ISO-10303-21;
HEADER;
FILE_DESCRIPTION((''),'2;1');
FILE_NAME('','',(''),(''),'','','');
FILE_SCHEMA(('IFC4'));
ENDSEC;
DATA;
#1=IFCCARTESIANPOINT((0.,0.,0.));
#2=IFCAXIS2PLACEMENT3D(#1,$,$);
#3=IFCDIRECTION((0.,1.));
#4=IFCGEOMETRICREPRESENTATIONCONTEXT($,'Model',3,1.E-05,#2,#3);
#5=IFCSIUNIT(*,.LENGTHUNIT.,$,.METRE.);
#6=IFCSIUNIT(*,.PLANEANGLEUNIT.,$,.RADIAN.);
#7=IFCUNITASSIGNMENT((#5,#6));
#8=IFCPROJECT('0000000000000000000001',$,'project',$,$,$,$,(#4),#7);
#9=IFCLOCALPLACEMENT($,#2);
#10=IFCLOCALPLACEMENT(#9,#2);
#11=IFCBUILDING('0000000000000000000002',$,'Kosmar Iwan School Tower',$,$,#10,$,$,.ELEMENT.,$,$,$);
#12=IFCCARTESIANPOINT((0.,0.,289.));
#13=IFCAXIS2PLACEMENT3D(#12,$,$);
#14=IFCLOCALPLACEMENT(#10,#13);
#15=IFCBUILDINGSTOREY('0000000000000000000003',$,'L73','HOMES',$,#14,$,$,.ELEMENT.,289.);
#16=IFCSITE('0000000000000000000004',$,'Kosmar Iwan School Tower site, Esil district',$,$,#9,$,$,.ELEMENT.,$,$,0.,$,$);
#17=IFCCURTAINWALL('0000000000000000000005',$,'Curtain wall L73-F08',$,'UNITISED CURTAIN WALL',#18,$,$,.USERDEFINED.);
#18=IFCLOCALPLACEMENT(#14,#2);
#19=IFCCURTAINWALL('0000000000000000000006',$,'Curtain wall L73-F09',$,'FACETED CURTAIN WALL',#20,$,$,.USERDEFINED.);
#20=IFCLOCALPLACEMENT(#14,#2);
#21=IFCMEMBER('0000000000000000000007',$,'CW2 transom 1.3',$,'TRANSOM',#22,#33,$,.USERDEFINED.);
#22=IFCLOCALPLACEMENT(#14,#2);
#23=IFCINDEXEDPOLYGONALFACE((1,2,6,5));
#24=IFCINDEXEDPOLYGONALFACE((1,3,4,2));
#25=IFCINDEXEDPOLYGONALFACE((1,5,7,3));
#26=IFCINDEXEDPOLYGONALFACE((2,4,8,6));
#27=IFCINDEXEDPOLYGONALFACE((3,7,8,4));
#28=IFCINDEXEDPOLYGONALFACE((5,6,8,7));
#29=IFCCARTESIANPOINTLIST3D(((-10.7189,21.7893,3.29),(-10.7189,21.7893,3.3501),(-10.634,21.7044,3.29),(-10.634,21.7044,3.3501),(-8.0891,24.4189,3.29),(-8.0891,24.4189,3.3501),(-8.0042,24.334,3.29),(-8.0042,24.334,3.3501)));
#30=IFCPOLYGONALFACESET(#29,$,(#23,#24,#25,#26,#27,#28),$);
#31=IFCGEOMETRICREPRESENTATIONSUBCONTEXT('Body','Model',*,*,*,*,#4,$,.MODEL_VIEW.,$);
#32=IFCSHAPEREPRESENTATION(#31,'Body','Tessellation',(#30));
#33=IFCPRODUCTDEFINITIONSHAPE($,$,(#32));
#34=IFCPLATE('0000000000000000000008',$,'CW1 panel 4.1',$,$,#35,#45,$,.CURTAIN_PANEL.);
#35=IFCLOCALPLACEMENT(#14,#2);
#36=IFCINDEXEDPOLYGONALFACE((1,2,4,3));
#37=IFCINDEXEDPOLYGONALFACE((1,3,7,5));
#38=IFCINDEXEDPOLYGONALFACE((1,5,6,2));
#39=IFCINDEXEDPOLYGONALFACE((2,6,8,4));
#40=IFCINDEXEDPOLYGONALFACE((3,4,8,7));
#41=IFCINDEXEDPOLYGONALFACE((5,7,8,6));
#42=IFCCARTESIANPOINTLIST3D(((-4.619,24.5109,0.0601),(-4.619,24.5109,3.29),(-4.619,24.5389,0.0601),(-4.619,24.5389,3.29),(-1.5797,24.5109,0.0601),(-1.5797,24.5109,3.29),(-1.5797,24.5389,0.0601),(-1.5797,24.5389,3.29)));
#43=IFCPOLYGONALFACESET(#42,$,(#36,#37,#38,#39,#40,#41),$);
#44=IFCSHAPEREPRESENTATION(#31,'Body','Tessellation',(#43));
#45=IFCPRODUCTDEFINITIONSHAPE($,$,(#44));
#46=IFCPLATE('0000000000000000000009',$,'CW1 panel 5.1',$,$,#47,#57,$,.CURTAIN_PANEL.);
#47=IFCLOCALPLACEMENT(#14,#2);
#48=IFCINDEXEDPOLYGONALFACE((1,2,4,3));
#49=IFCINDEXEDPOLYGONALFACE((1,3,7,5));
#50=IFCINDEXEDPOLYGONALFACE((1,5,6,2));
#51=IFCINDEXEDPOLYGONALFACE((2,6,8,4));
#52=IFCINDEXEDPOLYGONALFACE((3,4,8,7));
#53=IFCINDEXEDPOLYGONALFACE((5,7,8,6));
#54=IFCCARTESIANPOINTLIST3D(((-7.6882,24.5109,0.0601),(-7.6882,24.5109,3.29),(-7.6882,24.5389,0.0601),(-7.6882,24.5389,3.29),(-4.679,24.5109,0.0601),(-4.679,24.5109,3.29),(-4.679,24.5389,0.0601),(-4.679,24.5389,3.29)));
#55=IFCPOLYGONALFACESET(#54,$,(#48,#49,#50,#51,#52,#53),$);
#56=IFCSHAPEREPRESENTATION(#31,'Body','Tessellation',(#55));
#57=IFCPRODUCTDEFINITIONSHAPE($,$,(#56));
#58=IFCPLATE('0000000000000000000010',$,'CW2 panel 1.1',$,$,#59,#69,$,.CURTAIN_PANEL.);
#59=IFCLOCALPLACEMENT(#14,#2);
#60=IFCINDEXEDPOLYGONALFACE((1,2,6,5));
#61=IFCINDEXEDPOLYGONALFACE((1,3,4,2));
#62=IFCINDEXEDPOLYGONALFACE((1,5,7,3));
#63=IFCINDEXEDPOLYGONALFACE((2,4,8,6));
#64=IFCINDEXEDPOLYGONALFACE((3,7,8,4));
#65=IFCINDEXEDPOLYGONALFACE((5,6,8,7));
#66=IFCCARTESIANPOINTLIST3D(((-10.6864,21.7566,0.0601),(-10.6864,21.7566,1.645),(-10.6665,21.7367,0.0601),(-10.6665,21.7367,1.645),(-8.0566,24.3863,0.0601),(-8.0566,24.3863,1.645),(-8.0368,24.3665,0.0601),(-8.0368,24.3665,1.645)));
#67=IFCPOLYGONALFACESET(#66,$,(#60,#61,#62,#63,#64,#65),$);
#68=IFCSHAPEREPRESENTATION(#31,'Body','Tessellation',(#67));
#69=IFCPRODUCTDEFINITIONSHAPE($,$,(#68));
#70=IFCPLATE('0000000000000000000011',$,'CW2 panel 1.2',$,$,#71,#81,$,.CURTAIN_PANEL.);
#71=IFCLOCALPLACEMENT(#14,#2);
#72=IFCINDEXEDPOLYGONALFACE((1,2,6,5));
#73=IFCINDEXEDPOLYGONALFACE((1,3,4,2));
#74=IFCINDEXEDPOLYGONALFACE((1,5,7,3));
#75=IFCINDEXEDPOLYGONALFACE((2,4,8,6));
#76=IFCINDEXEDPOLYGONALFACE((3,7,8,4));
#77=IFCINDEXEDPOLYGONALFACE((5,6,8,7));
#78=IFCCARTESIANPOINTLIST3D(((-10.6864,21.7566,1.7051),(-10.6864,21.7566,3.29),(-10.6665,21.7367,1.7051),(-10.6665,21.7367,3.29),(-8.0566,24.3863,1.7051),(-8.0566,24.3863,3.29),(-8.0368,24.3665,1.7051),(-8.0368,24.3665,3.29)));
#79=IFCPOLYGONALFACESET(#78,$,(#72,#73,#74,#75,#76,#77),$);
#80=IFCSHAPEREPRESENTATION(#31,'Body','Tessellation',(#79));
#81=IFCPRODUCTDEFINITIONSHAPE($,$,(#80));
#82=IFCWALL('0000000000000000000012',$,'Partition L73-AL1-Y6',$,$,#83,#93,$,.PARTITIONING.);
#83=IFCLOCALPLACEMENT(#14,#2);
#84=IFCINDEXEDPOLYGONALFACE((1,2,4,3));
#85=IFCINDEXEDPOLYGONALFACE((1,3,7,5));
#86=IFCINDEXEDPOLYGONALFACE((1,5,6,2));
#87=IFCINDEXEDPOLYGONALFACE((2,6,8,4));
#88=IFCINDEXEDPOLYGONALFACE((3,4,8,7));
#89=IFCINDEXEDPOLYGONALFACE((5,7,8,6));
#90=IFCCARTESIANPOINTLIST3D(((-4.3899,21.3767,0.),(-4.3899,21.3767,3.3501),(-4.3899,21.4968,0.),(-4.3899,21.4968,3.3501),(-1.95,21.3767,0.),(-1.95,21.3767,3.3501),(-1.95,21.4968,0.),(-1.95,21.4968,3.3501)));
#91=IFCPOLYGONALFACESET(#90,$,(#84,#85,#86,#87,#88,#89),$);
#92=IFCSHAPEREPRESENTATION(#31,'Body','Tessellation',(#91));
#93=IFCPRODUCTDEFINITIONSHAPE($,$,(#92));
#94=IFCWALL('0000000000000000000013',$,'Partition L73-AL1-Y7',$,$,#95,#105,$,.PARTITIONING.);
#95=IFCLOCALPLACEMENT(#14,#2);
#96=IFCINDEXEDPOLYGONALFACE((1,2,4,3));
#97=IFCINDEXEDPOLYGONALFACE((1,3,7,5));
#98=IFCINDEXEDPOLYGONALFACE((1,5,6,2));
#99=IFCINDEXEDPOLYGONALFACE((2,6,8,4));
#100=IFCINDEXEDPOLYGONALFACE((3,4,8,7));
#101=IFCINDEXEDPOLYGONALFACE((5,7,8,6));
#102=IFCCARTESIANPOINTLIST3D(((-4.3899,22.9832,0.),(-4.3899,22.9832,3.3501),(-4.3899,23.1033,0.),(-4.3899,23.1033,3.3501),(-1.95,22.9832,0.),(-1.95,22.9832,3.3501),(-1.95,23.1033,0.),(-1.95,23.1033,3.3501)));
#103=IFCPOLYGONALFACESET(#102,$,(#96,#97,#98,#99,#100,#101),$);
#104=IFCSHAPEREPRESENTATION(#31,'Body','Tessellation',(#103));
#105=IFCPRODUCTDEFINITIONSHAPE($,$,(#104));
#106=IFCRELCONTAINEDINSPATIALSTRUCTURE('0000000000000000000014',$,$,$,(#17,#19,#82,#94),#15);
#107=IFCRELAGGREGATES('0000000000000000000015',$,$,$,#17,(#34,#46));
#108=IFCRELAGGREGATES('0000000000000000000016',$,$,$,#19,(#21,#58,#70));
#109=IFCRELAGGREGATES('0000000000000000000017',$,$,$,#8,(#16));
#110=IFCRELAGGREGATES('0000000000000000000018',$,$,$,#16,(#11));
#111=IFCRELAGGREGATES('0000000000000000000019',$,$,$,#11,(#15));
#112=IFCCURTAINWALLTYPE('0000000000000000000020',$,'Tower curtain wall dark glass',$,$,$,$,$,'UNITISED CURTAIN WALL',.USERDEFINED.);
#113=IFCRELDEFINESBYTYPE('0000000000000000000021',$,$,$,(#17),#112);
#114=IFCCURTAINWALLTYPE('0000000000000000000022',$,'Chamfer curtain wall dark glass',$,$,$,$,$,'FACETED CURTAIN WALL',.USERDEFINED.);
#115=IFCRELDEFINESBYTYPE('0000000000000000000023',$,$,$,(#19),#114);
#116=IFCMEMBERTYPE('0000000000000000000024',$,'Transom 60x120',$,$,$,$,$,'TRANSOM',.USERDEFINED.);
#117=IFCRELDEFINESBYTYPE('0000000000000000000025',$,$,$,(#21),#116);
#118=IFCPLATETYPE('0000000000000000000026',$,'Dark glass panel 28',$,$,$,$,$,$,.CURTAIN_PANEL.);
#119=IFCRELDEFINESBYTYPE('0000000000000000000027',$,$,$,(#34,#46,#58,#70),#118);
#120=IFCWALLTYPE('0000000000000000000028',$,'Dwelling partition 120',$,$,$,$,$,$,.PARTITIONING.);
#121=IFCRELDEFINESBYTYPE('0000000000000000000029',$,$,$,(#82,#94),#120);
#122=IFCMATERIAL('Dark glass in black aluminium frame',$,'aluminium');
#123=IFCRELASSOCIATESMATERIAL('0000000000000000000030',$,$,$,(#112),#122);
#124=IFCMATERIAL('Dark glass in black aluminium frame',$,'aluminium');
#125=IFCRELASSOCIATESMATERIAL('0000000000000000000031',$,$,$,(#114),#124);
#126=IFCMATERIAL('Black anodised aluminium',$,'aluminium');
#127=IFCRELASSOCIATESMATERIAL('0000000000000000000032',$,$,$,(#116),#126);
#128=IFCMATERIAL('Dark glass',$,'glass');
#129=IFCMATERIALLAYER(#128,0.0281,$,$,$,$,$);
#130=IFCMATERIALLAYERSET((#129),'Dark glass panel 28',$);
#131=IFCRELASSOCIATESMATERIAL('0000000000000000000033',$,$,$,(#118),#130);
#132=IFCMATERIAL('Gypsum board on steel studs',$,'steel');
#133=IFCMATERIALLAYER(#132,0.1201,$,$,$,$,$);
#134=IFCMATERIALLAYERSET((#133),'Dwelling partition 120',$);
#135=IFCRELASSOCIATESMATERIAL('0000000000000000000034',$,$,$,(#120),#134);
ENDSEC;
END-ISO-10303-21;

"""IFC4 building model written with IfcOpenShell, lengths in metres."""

from ifc_helpers import new_model, si_unit, direction, frame, frame_2d, origin, origin_2d, place, context, subcontext, project, spatial, rectangle, extrude, material, layer, layer_set, material_profile, profile_set, type_object, element, aggregate, save


model = new_model("IFC4")

# Units and contexts
model_context = context("Model", 3, precision=1e-05, world=origin(), true_north=direction((0.0, 1.0)))
body_context = subcontext(model_context, "Body", "Model", "MODEL_VIEW")
ifc_project = project(units=[si_unit("LENGTHUNIT", "METRE"), si_unit("PLANEANGLEUNIT", "RADIAN")], contexts=[model_context])

# Site, building, storey
site_placement = place(None, origin())
site = spatial("IfcSite", under=ifc_project, at=site_placement, Name="Kosmar Iwan School Tower site, Esil district", CompositionType="ELEMENT", RefElevation=0.0)
building_placement = place(site_placement, origin())
building = spatial("IfcBuilding", under=site, at=building_placement, Name="Kosmar Iwan School Tower", CompositionType="ELEMENT")
storey_placement = place(building_placement, frame((0.0, 0.0, 289.0)))
storey = spatial("IfcBuildingStorey", under=building, at=storey_placement, Name="L73", Description="HOMES", CompositionType="ELEMENT", Elevation=289.0)

# Curtain walls
ifc_material_1 = material(Name="Dark glass in black aluminium frame", Category="aluminium")
curtain_wall_type_1 = type_object("IfcCurtainWallType", Name="Tower curtain wall dark glass", ElementType="UNITISED CURTAIN WALL", PredefinedType="USERDEFINED", material=ifc_material_1)
curtain_wall_1_placement = place(storey_placement, origin())
curtain_wall_1 = element("IfcCurtainWall", 1, at=curtain_wall_1_placement, inside=storey, type_object=curtain_wall_type_1, Name="Curtain wall L73-F08", ObjectType="UNITISED CURTAIN WALL", PredefinedType="USERDEFINED")
ifc_material_2 = material(Name="Dark glass in black aluminium frame", Category="aluminium")
curtain_wall_type_2 = type_object("IfcCurtainWallType", Name="Chamfer curtain wall dark glass", ElementType="FACETED CURTAIN WALL", PredefinedType="USERDEFINED", material=ifc_material_2)
curtain_wall_2_placement = place(storey_placement, origin())
curtain_wall_2 = element("IfcCurtainWall", 2, at=curtain_wall_2_placement, inside=storey, type_object=curtain_wall_type_2, Name="Curtain wall L73-F09", ObjectType="FACETED CURTAIN WALL", PredefinedType="USERDEFINED")

# Member
ifc_material_3 = material(Name="Black anodised aluminium", Category="aluminium")
ifc_material_profile_1 = material_profile(ifc_material_3, rectangle(XDim=0.1201, YDim=0.0601, at=origin_2d()), Name="TRANSOM 60x120")
ifc_profile_set_1 = profile_set([ifc_material_profile_1], Name="Black anodised aluminium")
member_type_1 = type_object("IfcMemberType", Name="Transom 60x120", ElementType="TRANSOM", PredefinedType="USERDEFINED", material=ifc_profile_set_1)
member_1_placement = place(storey_placement, frame((-8.0466, 24.3765, 3.3201), z_axis=(-0.70714, -0.707074, 0.0), x_axis=(0.707074, -0.70714, 0.0)))
member_1 = element("IfcMember", 3, at=member_1_placement, type_object=member_type_1, Name="CW2 transom 1.3", ObjectType="TRANSOM", PredefinedType="USERDEFINED", context=body_context, shape_type="SweptSolid", body=[
    extrude(rectangle(XDim=0.1201, YDim=0.0601, at=origin_2d()), origin(), (0.0, 0.0, 1.0), 3.719),
])

# Plates
ifc_material_4 = material(Name="Dark glass", Category="glass")
ifc_layer_1 = layer(ifc_material_4, 0.0281)
ifc_layer_set_1 = layer_set([ifc_layer_1], Name="Dark glass panel 28")
plate_type = type_object("IfcPlateType", Name="Dark glass panel 28", PredefinedType="CURTAIN_PANEL", material=ifc_layer_set_1)
plate_1_placement = place(storey_placement, frame((-3.0994, 24.5249, 0.0601), z_axis=(0.0, 0.0, 1.0), x_axis=(-1.0, 0.0, 0.0)))
plate_1 = element("IfcPlate", 4, at=plate_1_placement, type_object=plate_type, Name="CW1 panel 4.1", PredefinedType="CURTAIN_PANEL", context=body_context, shape_type="SweptSolid", body=[
    extrude(rectangle(XDim=3.0393, YDim=0.0281, at=origin_2d()), origin(), (0.0, 0.0, 1.0), 3.23),
])
plate_2_placement = place(storey_placement, frame((-6.1836, 24.5249, 0.0601), z_axis=(0.0, 0.0, 1.0), x_axis=(-1.0, 0.0, 0.0)))
plate_2 = element("IfcPlate", 5, at=plate_2_placement, type_object=plate_type, Name="CW1 panel 5.1", PredefinedType="CURTAIN_PANEL", context=body_context, shape_type="SweptSolid", body=[
    extrude(rectangle(XDim=3.0093, YDim=0.0281, at=origin_2d()), origin(), (0.0, 0.0, 1.0), 3.23),
])
aggregate(curtain_wall_1, [plate_1, plate_2])
plate_3_placement = place(storey_placement, frame((-9.3616, 23.0615, 0.0601), z_axis=(0.0, 0.0, 1.0), x_axis=(-0.707107, -0.707107, 0.0)))
plate_3 = element("IfcPlate", 6, at=plate_3_placement, type_object=plate_type, Name="CW2 panel 1.1", PredefinedType="CURTAIN_PANEL", context=body_context, shape_type="SweptSolid", body=[
    extrude(rectangle(XDim=3.719, YDim=0.0281, at=origin_2d()), origin(), (0.0, 0.0, 1.0), 1.585),
])
plate_4_placement = place(storey_placement, frame((-9.3616, 23.0615, 1.7051), z_axis=(0.0, 0.0, 1.0), x_axis=(-0.707107, -0.707107, 0.0)))
plate_4 = element("IfcPlate", 7, at=plate_4_placement, type_object=plate_type, Name="CW2 panel 1.2", PredefinedType="CURTAIN_PANEL", context=body_context, shape_type="SweptSolid", body=[
    extrude(rectangle(XDim=3.719, YDim=0.0281, at=origin_2d()), origin(), (0.0, 0.0, 1.0), 1.585),
])
aggregate(curtain_wall_2, [member_1, plate_3, plate_4])

# Walls
ifc_material_5 = material(Name="Gypsum board on steel studs", Category="steel")
ifc_layer_2 = layer(ifc_material_5, 0.1201)
ifc_layer_set_2 = layer_set([ifc_layer_2], Name="Dwelling partition 120")
wall_type = type_object("IfcWallType", Name="Dwelling partition 120", PredefinedType="PARTITIONING", material=ifc_layer_set_2)
for number, where, z_axis, x_axis, name in (
    (8, (-1.95, 21.4368, 0.0), (0.0, 0.0, 1.0), (-1.0, 0.0, 0.0), "Partition L73-AL1-Y6"),
    (9, (-1.95, 23.0432, 0.0), (0.0, 0.0, 1.0), (-1.0, 0.0, 0.0), "Partition L73-AL1-Y7"),
):
    element("IfcWall", number, at=place(storey_placement, frame(where, z_axis=z_axis, x_axis=x_axis)), inside=storey, type_object=wall_type, Name=name, PredefinedType="PARTITIONING", context=body_context, shape_type="SweptSolid", body=[
        extrude(rectangle(XDim=2.4399, YDim=0.1201, at=frame_2d((1.22, 0.0))), origin(), (0.0, 0.0, 1.0), 3.3501),
    ])

save(model, "model.ifc")
